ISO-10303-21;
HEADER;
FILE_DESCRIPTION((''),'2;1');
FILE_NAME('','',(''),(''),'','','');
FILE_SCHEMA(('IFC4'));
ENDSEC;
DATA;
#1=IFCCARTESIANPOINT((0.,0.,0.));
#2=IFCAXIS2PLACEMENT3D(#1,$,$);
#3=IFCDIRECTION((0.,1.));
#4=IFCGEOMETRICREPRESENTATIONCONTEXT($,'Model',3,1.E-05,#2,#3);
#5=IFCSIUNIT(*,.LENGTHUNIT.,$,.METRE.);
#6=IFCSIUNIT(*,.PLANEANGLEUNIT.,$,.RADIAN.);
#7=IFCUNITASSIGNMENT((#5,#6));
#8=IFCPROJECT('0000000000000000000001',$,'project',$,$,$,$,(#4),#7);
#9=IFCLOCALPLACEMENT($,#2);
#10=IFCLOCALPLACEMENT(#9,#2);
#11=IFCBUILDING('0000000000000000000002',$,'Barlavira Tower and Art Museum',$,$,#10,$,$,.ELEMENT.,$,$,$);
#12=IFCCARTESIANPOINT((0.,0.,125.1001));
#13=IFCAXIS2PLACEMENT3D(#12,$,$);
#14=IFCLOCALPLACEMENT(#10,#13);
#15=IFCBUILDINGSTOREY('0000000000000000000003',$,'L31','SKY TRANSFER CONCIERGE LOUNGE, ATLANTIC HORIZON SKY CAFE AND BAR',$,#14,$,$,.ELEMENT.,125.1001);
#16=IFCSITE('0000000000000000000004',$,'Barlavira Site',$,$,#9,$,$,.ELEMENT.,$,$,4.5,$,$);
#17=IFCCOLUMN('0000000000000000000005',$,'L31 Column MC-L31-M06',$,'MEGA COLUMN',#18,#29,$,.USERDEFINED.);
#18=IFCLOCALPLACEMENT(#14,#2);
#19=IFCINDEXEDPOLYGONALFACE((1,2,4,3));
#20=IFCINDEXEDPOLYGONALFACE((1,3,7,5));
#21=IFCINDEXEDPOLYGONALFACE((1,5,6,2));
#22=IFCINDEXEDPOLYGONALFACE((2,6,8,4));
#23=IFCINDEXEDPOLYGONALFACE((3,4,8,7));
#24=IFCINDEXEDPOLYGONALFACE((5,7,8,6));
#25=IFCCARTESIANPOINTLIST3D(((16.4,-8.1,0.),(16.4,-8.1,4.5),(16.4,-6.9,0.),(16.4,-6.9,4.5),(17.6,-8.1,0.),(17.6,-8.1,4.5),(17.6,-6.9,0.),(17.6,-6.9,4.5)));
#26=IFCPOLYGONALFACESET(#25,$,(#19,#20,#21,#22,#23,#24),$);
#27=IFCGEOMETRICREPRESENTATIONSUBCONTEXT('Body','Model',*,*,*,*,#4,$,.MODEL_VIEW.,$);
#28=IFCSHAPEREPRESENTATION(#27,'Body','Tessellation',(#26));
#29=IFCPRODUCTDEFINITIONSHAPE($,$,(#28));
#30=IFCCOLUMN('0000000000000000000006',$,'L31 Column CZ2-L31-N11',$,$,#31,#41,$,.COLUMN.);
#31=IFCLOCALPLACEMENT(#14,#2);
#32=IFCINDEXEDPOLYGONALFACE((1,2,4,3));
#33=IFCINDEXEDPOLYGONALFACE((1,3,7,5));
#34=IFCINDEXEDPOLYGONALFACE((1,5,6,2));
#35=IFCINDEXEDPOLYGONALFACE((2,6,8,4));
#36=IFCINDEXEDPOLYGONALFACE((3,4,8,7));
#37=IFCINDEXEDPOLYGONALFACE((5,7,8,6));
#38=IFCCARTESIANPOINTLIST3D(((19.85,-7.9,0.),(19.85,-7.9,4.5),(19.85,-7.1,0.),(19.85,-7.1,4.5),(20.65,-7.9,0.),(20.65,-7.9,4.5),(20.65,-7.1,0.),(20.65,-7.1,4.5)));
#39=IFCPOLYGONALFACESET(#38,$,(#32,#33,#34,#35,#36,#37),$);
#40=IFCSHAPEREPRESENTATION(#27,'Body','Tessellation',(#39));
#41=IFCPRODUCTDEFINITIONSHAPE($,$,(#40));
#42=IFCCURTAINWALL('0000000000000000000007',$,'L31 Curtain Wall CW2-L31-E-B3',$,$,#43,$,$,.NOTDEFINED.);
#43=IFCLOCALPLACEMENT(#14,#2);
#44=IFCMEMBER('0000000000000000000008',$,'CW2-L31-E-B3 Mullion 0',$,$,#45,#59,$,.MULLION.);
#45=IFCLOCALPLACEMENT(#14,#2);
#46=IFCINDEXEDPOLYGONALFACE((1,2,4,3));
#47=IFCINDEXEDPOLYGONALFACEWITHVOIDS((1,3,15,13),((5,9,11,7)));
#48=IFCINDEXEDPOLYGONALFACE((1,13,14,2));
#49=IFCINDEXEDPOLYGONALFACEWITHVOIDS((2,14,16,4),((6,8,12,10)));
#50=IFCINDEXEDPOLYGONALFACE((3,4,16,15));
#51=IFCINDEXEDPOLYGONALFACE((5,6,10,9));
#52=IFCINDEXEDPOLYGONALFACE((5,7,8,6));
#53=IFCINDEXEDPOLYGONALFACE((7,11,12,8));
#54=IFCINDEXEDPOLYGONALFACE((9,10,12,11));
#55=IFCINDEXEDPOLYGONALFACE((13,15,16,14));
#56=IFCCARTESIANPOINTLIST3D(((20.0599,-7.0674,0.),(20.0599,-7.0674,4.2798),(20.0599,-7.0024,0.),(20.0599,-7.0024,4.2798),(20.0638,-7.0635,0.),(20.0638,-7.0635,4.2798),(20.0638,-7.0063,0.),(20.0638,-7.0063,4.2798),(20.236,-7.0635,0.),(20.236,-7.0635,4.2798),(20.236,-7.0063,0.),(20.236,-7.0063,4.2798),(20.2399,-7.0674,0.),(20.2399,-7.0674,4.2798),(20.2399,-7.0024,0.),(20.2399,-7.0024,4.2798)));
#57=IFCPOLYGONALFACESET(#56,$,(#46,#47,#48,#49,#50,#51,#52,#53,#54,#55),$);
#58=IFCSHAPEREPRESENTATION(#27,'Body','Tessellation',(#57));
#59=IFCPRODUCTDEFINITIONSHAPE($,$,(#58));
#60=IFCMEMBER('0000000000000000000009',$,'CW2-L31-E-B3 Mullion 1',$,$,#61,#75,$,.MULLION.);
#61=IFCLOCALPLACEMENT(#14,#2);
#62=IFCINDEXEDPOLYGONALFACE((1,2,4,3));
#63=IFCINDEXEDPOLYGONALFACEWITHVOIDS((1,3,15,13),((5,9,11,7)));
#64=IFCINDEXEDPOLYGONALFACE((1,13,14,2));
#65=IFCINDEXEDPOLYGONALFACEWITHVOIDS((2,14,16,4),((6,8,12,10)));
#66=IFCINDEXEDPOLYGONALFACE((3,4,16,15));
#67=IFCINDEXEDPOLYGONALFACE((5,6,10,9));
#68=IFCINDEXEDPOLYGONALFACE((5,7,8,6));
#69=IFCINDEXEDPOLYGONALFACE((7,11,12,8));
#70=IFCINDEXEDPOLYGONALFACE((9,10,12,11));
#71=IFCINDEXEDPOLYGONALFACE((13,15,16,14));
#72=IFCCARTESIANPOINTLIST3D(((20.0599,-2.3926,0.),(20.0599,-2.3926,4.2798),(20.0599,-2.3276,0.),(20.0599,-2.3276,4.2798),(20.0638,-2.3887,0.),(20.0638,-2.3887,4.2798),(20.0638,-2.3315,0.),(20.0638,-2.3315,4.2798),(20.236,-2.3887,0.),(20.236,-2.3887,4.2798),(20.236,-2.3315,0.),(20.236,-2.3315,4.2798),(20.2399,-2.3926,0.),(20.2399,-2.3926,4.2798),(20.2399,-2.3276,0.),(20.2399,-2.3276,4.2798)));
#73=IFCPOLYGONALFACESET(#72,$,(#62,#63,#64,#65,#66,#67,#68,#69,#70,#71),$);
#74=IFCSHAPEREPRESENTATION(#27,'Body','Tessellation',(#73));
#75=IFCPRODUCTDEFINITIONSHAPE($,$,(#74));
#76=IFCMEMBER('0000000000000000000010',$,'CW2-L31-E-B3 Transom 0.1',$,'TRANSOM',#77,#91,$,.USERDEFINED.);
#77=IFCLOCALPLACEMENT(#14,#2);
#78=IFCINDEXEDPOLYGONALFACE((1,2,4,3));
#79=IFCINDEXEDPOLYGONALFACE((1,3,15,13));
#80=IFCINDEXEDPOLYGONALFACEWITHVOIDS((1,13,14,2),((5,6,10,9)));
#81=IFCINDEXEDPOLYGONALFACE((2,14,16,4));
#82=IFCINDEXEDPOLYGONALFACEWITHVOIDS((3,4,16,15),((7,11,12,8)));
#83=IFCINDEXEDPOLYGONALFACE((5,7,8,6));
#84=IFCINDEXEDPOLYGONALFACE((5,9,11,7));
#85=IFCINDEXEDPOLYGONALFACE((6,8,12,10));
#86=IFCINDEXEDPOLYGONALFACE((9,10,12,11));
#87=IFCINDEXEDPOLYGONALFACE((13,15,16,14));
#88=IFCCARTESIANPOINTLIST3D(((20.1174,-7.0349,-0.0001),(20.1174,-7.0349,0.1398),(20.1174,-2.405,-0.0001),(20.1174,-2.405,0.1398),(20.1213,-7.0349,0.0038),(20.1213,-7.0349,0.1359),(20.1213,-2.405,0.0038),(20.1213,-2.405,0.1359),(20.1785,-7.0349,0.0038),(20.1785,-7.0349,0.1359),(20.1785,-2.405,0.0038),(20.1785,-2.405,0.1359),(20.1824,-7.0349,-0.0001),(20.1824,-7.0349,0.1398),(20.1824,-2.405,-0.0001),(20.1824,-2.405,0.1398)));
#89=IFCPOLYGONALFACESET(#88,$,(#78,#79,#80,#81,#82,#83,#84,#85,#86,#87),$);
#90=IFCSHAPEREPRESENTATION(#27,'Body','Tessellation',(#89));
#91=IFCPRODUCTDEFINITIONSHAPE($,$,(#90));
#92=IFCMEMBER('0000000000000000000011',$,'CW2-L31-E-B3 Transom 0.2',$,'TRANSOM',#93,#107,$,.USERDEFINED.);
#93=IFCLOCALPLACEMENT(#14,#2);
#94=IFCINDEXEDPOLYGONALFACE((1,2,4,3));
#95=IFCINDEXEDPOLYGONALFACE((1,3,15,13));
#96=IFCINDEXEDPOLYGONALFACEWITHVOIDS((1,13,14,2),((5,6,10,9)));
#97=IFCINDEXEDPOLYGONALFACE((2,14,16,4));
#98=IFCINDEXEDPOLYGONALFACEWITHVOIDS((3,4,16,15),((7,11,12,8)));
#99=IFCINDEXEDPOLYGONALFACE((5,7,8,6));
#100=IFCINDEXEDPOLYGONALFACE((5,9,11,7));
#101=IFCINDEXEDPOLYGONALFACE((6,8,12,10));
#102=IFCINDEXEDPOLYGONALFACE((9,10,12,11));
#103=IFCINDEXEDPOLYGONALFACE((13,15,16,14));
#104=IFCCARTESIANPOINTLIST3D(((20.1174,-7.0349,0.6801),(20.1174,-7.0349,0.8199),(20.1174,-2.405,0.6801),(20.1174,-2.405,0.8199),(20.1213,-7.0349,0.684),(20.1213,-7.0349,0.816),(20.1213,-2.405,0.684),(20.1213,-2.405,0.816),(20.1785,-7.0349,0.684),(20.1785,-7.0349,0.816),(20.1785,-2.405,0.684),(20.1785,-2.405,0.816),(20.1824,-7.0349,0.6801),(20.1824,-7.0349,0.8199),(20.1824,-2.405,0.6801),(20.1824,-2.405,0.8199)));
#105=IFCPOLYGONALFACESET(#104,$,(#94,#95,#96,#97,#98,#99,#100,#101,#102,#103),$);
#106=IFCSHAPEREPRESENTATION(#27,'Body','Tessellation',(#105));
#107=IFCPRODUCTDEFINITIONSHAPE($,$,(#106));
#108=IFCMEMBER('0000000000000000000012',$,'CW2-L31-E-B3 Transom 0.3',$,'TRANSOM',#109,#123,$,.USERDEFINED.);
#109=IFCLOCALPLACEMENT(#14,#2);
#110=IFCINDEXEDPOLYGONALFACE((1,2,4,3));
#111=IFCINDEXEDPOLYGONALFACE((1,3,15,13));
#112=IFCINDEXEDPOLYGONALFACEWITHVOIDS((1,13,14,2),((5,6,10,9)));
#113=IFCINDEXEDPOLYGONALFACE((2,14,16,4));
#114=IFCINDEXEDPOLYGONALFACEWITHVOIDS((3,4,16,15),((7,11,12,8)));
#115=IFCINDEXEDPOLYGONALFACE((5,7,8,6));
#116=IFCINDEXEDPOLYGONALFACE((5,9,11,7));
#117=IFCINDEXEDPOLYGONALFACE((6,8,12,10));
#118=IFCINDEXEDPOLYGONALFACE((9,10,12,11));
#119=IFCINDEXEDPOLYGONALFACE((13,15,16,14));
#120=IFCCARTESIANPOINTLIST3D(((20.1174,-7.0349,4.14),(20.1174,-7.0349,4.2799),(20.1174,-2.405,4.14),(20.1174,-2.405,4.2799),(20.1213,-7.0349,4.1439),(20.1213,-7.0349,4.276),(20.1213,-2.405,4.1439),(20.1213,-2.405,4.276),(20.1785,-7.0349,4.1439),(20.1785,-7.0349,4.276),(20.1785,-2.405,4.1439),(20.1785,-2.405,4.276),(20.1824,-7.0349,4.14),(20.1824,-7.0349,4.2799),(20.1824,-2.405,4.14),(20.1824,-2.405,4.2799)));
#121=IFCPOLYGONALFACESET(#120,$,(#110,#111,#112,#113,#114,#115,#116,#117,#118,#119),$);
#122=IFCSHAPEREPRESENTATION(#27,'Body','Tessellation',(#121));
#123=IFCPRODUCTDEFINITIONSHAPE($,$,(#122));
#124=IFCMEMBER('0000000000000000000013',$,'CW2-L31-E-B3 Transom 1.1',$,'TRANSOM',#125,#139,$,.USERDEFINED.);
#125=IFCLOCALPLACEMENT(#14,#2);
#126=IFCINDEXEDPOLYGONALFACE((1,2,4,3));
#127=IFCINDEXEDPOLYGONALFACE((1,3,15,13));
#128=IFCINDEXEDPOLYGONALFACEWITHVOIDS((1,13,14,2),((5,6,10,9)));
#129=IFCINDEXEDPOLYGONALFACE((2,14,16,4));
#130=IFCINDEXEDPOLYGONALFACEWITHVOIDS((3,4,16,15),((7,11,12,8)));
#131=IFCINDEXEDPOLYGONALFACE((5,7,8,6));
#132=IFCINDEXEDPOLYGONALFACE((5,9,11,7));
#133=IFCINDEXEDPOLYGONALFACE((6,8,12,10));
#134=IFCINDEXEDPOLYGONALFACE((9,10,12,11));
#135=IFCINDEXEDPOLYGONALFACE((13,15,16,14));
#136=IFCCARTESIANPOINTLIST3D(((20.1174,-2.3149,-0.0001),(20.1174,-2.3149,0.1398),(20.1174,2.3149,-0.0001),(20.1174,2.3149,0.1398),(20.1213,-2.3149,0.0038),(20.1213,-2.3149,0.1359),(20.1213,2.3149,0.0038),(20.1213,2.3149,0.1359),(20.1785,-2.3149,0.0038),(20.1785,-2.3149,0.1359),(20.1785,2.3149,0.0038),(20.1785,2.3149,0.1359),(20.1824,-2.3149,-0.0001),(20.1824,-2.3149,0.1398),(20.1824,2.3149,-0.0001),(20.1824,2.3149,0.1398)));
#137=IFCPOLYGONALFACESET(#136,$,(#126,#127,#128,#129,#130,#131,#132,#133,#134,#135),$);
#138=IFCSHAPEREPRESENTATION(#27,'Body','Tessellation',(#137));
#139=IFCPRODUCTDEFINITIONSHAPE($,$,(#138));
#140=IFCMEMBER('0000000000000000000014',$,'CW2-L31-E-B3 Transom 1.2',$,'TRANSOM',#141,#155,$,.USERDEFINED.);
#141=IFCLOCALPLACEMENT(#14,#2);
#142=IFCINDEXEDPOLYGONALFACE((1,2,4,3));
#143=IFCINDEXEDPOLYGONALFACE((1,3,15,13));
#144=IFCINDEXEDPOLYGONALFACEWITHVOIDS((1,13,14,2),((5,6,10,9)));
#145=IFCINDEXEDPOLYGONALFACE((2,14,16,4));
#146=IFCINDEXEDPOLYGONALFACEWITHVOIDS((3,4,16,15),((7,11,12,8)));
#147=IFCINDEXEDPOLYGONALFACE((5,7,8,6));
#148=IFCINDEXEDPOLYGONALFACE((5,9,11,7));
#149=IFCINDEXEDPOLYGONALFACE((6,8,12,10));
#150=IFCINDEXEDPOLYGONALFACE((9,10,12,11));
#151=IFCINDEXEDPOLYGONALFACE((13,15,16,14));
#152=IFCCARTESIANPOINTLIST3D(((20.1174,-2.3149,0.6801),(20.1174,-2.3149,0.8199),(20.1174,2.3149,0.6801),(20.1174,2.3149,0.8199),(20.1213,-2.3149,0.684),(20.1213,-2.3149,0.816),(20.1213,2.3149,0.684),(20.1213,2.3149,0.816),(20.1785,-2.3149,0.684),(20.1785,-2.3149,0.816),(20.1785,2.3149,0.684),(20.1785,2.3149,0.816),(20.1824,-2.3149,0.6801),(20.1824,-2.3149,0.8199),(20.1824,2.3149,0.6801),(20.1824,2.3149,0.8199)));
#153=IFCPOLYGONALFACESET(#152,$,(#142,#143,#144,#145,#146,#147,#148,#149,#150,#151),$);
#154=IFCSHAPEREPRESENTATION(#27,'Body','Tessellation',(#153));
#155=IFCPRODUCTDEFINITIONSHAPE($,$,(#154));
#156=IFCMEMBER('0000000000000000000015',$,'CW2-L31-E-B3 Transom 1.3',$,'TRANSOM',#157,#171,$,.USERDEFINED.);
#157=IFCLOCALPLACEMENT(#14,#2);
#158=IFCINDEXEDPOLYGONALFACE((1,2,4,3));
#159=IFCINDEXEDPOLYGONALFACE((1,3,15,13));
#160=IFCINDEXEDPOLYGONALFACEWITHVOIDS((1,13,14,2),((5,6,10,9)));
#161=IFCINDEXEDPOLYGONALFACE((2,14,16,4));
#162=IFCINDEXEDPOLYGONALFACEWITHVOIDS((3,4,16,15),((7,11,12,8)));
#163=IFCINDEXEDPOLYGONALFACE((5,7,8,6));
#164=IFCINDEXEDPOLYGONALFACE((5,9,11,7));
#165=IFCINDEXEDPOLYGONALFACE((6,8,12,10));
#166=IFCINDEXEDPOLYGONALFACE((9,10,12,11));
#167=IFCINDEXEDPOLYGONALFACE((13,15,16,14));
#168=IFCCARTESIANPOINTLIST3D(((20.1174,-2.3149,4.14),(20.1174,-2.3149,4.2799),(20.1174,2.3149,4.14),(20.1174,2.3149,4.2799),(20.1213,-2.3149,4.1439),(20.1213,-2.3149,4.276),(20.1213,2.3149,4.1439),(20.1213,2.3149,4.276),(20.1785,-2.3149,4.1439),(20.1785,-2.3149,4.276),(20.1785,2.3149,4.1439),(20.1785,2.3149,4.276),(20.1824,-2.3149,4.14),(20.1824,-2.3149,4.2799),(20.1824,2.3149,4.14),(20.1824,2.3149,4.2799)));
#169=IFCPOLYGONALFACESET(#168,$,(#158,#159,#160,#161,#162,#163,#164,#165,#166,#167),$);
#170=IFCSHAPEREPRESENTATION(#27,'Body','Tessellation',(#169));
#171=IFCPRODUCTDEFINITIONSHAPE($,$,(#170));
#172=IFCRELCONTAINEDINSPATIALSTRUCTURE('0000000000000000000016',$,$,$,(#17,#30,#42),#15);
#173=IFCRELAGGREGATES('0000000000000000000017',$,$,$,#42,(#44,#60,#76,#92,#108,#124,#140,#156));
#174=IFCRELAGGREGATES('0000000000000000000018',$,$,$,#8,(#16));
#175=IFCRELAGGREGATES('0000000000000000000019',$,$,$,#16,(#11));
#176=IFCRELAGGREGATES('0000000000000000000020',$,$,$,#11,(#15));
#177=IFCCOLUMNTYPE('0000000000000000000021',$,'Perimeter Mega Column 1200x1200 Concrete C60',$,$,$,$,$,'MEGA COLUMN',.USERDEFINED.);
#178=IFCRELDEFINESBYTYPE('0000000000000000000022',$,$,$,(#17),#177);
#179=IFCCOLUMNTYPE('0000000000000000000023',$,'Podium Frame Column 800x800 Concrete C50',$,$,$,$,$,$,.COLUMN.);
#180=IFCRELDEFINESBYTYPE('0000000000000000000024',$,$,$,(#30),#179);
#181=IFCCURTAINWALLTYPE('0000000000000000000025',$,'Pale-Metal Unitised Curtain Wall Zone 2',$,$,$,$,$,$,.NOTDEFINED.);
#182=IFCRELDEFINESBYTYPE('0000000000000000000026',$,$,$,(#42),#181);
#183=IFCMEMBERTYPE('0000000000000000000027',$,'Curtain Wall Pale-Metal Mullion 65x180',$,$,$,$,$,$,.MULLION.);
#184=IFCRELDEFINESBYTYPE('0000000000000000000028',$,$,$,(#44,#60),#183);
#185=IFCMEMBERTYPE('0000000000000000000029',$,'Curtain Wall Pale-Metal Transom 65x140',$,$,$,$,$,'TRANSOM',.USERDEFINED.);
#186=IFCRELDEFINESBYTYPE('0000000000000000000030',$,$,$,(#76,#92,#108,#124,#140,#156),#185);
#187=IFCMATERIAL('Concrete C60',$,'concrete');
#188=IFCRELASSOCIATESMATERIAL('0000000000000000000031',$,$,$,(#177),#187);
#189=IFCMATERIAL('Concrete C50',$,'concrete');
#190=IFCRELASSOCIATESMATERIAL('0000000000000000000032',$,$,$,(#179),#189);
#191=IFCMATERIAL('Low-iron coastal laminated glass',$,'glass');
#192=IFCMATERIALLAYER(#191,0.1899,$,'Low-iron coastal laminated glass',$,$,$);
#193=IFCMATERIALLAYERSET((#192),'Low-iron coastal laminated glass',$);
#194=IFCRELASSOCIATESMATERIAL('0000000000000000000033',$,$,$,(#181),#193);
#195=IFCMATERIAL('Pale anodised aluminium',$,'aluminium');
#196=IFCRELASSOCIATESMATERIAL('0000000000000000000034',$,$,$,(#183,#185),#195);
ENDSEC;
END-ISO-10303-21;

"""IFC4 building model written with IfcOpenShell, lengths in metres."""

from ifc_helpers import new_model, si_unit, direction, frame, origin, origin_2d, place, context, subcontext, project, spatial, rectangle, hollow_rectangle, extrude, material, layer, layer_set, material_profile, profile_set, type_object, element, aggregate, save


model = new_model("IFC4")

# Units and contexts
model_context = context("Model", 3, precision=1e-05, world=origin(), true_north=direction((0.0, 1.0)))
body_context = subcontext(model_context, "Body", "Model", "MODEL_VIEW")
ifc_project = project(units=[si_unit("LENGTHUNIT", "METRE"), si_unit("PLANEANGLEUNIT", "RADIAN")], contexts=[model_context])

# Site, building, storey
site_placement = place(None, origin())
site = spatial("IfcSite", under=ifc_project, at=site_placement, Name="Barlavira Site", CompositionType="ELEMENT", RefElevation=4.5)
building_placement = place(site_placement, origin())
building = spatial("IfcBuilding", under=site, at=building_placement, Name="Barlavira Tower and Art Museum", CompositionType="ELEMENT")
storey_placement = place(building_placement, frame((0.0, 0.0, 125.1001)))
storey = spatial("IfcBuildingStorey", under=building, at=storey_placement, Name="L31", Description="SKY TRANSFER CONCIERGE LOUNGE, ATLANTIC HORIZON SKY CAFE AND BAR", CompositionType="ELEMENT", Elevation=125.1001)

# Columns
ifc_material_1 = material(Name="Concrete C60", Category="concrete")
ifc_material_profile_1 = material_profile(ifc_material_1, rectangle(XDim=1.2, YDim=1.2, at=origin_2d()), Name="RC-COL 1200x1200")
ifc_profile_set_1 = profile_set([ifc_material_profile_1], Name="Concrete C60")
column_type_1 = type_object("IfcColumnType", Name="Perimeter Mega Column 1200x1200 Concrete C60", ElementType="MEGA COLUMN", PredefinedType="USERDEFINED", material=ifc_profile_set_1)
column_1_placement = place(storey_placement, frame((17.0, -7.5, 0.0), z_axis=(0.0, 0.0, 1.0), x_axis=(1.0, 0.0, 0.0)))
element("IfcColumn", 1, at=column_1_placement, inside=storey, type_object=column_type_1, Name="L31 Column MC-L31-M06", ObjectType="MEGA COLUMN", PredefinedType="USERDEFINED", context=body_context, shape_type="SweptSolid", body=[
    extrude(rectangle(XDim=1.2, YDim=1.2, at=origin_2d()), origin(), (0.0, 0.0, 1.0), 4.5),
])
ifc_material_2 = material(Name="Concrete C50", Category="concrete")
ifc_material_profile_2 = material_profile(ifc_material_2, rectangle(XDim=0.8, YDim=0.8, at=origin_2d()), Name="RC-COL 800x800")
ifc_profile_set_2 = profile_set([ifc_material_profile_2], Name="Concrete C50")
column_type_2 = type_object("IfcColumnType", Name="Podium Frame Column 800x800 Concrete C50", PredefinedType="COLUMN", material=ifc_profile_set_2)
column_2_placement = place(storey_placement, frame((20.25, -7.5, 0.0), z_axis=(0.0, 0.0, 1.0), x_axis=(1.0, 0.0, 0.0)))
element("IfcColumn", 2, at=column_2_placement, inside=storey, type_object=column_type_2, Name="L31 Column CZ2-L31-N11", PredefinedType="COLUMN", context=body_context, shape_type="SweptSolid", body=[
    extrude(rectangle(XDim=0.8, YDim=0.8, at=origin_2d()), origin(), (0.0, 0.0, 1.0), 4.5),
])

# Curtain wall, members
ifc_material_3 = material(Name="Low-iron coastal laminated glass", Category="glass")
ifc_layer_1 = layer(ifc_material_3, 0.1899, Name="Low-iron coastal laminated glass")
ifc_layer_set_1 = layer_set([ifc_layer_1], Name="Low-iron coastal laminated glass")
curtain_wall_type = type_object("IfcCurtainWallType", Name="Pale-Metal Unitised Curtain Wall Zone 2", PredefinedType="NOTDEFINED", material=ifc_layer_set_1)
curtain_wall_placement = place(storey_placement, origin())
curtain_wall = element("IfcCurtainWall", 3, at=curtain_wall_placement, inside=storey, type_object=curtain_wall_type, Name="L31 Curtain Wall CW2-L31-E-B3", PredefinedType="NOTDEFINED")
ifc_material_4 = material(Name="Pale anodised aluminium", Category="aluminium")
ifc_material_profile_3 = material_profile(ifc_material_4, hollow_rectangle(XDim=0.0649, YDim=0.1799, WallThickness=0.0039, at=origin_2d()), Name="ALU-MULL 65x180x4")
ifc_profile_set_3 = profile_set([ifc_material_profile_3], Name="Pale anodised aluminium")
member_type_1 = type_object("IfcMemberType", Name="Curtain Wall Pale-Metal Mullion 65x180", PredefinedType="MULLION", material=ifc_profile_set_3)
member_1_placement = place(storey_placement, frame((20.1499, -7.0349, 0.0), z_axis=(0.0, 0.0, 1.0), x_axis=(0.0, 1.0, 0.0)))
member_1 = element("IfcMember", 4, at=member_1_placement, type_object=member_type_1, Name="CW2-L31-E-B3 Mullion 0", PredefinedType="MULLION", context=body_context, shape_type="SweptSolid", body=[
    extrude(hollow_rectangle(XDim=0.0649, YDim=0.1799, WallThickness=0.0039, at=origin_2d()), origin(), (0.0, 0.0, 1.0), 4.2798),
])
member_2_placement = place(storey_placement, frame((20.1499, -2.3601, 0.0), z_axis=(0.0, 0.0, 1.0), x_axis=(0.0, 1.0, 0.0)))
member_2 = element("IfcMember", 5, at=member_2_placement, type_object=member_type_1, Name="CW2-L31-E-B3 Mullion 1", PredefinedType="MULLION", context=body_context, shape_type="SweptSolid", body=[
    extrude(hollow_rectangle(XDim=0.0649, YDim=0.1799, WallThickness=0.0039, at=origin_2d()), origin(), (0.0, 0.0, 1.0), 4.2798),
])
ifc_material_profile_4 = material_profile(ifc_material_4, hollow_rectangle(XDim=0.0649, YDim=0.1399, WallThickness=0.0039, at=origin_2d()), Name="ALU-TRAN 65x140x4")
ifc_profile_set_4 = profile_set([ifc_material_profile_4], Name="Pale anodised aluminium")
member_type_2 = type_object("IfcMemberType", Name="Curtain Wall Pale-Metal Transom 65x140", ElementType="TRANSOM", PredefinedType="USERDEFINED", material=ifc_profile_set_4)
member_3_placement = place(storey_placement, frame((20.1499, -7.0349, 0.0698), z_axis=(0.0, 1.0, 0.0), x_axis=(-1.0, 0.0, 0.0)))
member_3 = element("IfcMember", 6, at=member_3_placement, type_object=member_type_2, Name="CW2-L31-E-B3 Transom 0.1", ObjectType="TRANSOM", PredefinedType="USERDEFINED", context=body_context, shape_type="SweptSolid", body=[
    extrude(hollow_rectangle(XDim=0.0649, YDim=0.1399, WallThickness=0.0039, at=origin_2d()), origin(), (0.0, 0.0, 1.0), 4.6299),
])
member_4_placement = place(storey_placement, frame((20.1499, -7.0349, 0.75), z_axis=(0.0, 1.0, 0.0), x_axis=(-1.0, 0.0, 0.0)))
member_4 = element("IfcMember", 7, at=member_4_placement, type_object=member_type_2, Name="CW2-L31-E-B3 Transom 0.2", ObjectType="TRANSOM", PredefinedType="USERDEFINED", context=body_context, shape_type="SweptSolid", body=[
    extrude(hollow_rectangle(XDim=0.0649, YDim=0.1399, WallThickness=0.0039, at=origin_2d()), origin(), (0.0, 0.0, 1.0), 4.6299),
])
member_5_placement = place(storey_placement, frame((20.1499, -7.0349, 4.21), z_axis=(0.0, 1.0, 0.0), x_axis=(-1.0, 0.0, 0.0)))
member_5 = element("IfcMember", 8, at=member_5_placement, type_object=member_type_2, Name="CW2-L31-E-B3 Transom 0.3", ObjectType="TRANSOM", PredefinedType="USERDEFINED", context=body_context, shape_type="SweptSolid", body=[
    extrude(hollow_rectangle(XDim=0.0649, YDim=0.1399, WallThickness=0.0039, at=origin_2d()), origin(), (0.0, 0.0, 1.0), 4.6299),
])
member_6_placement = place(storey_placement, frame((20.1499, -2.3149, 0.0698), z_axis=(0.0, 1.0, 0.0), x_axis=(-1.0, 0.0, 0.0)))
member_6 = element("IfcMember", 9, at=member_6_placement, type_object=member_type_2, Name="CW2-L31-E-B3 Transom 1.1", ObjectType="TRANSOM", PredefinedType="USERDEFINED", context=body_context, shape_type="SweptSolid", body=[
    extrude(hollow_rectangle(XDim=0.0649, YDim=0.1399, WallThickness=0.0039, at=origin_2d()), origin(), (0.0, 0.0, 1.0), 4.6299),
])
member_7_placement = place(storey_placement, frame((20.1499, -2.3149, 0.75), z_axis=(0.0, 1.0, 0.0), x_axis=(-1.0, 0.0, 0.0)))
member_7 = element("IfcMember", 10, at=member_7_placement, type_object=member_type_2, Name="CW2-L31-E-B3 Transom 1.2", ObjectType="TRANSOM", PredefinedType="USERDEFINED", context=body_context, shape_type="SweptSolid", body=[
    extrude(hollow_rectangle(XDim=0.0649, YDim=0.1399, WallThickness=0.0039, at=origin_2d()), origin(), (0.0, 0.0, 1.0), 4.6299),
])
member_8_placement = place(storey_placement, frame((20.1499, -2.3149, 4.21), z_axis=(0.0, 1.0, 0.0), x_axis=(-1.0, 0.0, 0.0)))
member_8 = element("IfcMember", 11, at=member_8_placement, type_object=member_type_2, Name="CW2-L31-E-B3 Transom 1.3", ObjectType="TRANSOM", PredefinedType="USERDEFINED", context=body_context, shape_type="SweptSolid", body=[
    extrude(hollow_rectangle(XDim=0.0649, YDim=0.1399, WallThickness=0.0039, at=origin_2d()), origin(), (0.0, 0.0, 1.0), 4.6299),
])

aggregate(curtain_wall, [member_1, member_2, member_3, member_4, member_5, member_6, member_7, member_8])

save(model, "model.ifc")
